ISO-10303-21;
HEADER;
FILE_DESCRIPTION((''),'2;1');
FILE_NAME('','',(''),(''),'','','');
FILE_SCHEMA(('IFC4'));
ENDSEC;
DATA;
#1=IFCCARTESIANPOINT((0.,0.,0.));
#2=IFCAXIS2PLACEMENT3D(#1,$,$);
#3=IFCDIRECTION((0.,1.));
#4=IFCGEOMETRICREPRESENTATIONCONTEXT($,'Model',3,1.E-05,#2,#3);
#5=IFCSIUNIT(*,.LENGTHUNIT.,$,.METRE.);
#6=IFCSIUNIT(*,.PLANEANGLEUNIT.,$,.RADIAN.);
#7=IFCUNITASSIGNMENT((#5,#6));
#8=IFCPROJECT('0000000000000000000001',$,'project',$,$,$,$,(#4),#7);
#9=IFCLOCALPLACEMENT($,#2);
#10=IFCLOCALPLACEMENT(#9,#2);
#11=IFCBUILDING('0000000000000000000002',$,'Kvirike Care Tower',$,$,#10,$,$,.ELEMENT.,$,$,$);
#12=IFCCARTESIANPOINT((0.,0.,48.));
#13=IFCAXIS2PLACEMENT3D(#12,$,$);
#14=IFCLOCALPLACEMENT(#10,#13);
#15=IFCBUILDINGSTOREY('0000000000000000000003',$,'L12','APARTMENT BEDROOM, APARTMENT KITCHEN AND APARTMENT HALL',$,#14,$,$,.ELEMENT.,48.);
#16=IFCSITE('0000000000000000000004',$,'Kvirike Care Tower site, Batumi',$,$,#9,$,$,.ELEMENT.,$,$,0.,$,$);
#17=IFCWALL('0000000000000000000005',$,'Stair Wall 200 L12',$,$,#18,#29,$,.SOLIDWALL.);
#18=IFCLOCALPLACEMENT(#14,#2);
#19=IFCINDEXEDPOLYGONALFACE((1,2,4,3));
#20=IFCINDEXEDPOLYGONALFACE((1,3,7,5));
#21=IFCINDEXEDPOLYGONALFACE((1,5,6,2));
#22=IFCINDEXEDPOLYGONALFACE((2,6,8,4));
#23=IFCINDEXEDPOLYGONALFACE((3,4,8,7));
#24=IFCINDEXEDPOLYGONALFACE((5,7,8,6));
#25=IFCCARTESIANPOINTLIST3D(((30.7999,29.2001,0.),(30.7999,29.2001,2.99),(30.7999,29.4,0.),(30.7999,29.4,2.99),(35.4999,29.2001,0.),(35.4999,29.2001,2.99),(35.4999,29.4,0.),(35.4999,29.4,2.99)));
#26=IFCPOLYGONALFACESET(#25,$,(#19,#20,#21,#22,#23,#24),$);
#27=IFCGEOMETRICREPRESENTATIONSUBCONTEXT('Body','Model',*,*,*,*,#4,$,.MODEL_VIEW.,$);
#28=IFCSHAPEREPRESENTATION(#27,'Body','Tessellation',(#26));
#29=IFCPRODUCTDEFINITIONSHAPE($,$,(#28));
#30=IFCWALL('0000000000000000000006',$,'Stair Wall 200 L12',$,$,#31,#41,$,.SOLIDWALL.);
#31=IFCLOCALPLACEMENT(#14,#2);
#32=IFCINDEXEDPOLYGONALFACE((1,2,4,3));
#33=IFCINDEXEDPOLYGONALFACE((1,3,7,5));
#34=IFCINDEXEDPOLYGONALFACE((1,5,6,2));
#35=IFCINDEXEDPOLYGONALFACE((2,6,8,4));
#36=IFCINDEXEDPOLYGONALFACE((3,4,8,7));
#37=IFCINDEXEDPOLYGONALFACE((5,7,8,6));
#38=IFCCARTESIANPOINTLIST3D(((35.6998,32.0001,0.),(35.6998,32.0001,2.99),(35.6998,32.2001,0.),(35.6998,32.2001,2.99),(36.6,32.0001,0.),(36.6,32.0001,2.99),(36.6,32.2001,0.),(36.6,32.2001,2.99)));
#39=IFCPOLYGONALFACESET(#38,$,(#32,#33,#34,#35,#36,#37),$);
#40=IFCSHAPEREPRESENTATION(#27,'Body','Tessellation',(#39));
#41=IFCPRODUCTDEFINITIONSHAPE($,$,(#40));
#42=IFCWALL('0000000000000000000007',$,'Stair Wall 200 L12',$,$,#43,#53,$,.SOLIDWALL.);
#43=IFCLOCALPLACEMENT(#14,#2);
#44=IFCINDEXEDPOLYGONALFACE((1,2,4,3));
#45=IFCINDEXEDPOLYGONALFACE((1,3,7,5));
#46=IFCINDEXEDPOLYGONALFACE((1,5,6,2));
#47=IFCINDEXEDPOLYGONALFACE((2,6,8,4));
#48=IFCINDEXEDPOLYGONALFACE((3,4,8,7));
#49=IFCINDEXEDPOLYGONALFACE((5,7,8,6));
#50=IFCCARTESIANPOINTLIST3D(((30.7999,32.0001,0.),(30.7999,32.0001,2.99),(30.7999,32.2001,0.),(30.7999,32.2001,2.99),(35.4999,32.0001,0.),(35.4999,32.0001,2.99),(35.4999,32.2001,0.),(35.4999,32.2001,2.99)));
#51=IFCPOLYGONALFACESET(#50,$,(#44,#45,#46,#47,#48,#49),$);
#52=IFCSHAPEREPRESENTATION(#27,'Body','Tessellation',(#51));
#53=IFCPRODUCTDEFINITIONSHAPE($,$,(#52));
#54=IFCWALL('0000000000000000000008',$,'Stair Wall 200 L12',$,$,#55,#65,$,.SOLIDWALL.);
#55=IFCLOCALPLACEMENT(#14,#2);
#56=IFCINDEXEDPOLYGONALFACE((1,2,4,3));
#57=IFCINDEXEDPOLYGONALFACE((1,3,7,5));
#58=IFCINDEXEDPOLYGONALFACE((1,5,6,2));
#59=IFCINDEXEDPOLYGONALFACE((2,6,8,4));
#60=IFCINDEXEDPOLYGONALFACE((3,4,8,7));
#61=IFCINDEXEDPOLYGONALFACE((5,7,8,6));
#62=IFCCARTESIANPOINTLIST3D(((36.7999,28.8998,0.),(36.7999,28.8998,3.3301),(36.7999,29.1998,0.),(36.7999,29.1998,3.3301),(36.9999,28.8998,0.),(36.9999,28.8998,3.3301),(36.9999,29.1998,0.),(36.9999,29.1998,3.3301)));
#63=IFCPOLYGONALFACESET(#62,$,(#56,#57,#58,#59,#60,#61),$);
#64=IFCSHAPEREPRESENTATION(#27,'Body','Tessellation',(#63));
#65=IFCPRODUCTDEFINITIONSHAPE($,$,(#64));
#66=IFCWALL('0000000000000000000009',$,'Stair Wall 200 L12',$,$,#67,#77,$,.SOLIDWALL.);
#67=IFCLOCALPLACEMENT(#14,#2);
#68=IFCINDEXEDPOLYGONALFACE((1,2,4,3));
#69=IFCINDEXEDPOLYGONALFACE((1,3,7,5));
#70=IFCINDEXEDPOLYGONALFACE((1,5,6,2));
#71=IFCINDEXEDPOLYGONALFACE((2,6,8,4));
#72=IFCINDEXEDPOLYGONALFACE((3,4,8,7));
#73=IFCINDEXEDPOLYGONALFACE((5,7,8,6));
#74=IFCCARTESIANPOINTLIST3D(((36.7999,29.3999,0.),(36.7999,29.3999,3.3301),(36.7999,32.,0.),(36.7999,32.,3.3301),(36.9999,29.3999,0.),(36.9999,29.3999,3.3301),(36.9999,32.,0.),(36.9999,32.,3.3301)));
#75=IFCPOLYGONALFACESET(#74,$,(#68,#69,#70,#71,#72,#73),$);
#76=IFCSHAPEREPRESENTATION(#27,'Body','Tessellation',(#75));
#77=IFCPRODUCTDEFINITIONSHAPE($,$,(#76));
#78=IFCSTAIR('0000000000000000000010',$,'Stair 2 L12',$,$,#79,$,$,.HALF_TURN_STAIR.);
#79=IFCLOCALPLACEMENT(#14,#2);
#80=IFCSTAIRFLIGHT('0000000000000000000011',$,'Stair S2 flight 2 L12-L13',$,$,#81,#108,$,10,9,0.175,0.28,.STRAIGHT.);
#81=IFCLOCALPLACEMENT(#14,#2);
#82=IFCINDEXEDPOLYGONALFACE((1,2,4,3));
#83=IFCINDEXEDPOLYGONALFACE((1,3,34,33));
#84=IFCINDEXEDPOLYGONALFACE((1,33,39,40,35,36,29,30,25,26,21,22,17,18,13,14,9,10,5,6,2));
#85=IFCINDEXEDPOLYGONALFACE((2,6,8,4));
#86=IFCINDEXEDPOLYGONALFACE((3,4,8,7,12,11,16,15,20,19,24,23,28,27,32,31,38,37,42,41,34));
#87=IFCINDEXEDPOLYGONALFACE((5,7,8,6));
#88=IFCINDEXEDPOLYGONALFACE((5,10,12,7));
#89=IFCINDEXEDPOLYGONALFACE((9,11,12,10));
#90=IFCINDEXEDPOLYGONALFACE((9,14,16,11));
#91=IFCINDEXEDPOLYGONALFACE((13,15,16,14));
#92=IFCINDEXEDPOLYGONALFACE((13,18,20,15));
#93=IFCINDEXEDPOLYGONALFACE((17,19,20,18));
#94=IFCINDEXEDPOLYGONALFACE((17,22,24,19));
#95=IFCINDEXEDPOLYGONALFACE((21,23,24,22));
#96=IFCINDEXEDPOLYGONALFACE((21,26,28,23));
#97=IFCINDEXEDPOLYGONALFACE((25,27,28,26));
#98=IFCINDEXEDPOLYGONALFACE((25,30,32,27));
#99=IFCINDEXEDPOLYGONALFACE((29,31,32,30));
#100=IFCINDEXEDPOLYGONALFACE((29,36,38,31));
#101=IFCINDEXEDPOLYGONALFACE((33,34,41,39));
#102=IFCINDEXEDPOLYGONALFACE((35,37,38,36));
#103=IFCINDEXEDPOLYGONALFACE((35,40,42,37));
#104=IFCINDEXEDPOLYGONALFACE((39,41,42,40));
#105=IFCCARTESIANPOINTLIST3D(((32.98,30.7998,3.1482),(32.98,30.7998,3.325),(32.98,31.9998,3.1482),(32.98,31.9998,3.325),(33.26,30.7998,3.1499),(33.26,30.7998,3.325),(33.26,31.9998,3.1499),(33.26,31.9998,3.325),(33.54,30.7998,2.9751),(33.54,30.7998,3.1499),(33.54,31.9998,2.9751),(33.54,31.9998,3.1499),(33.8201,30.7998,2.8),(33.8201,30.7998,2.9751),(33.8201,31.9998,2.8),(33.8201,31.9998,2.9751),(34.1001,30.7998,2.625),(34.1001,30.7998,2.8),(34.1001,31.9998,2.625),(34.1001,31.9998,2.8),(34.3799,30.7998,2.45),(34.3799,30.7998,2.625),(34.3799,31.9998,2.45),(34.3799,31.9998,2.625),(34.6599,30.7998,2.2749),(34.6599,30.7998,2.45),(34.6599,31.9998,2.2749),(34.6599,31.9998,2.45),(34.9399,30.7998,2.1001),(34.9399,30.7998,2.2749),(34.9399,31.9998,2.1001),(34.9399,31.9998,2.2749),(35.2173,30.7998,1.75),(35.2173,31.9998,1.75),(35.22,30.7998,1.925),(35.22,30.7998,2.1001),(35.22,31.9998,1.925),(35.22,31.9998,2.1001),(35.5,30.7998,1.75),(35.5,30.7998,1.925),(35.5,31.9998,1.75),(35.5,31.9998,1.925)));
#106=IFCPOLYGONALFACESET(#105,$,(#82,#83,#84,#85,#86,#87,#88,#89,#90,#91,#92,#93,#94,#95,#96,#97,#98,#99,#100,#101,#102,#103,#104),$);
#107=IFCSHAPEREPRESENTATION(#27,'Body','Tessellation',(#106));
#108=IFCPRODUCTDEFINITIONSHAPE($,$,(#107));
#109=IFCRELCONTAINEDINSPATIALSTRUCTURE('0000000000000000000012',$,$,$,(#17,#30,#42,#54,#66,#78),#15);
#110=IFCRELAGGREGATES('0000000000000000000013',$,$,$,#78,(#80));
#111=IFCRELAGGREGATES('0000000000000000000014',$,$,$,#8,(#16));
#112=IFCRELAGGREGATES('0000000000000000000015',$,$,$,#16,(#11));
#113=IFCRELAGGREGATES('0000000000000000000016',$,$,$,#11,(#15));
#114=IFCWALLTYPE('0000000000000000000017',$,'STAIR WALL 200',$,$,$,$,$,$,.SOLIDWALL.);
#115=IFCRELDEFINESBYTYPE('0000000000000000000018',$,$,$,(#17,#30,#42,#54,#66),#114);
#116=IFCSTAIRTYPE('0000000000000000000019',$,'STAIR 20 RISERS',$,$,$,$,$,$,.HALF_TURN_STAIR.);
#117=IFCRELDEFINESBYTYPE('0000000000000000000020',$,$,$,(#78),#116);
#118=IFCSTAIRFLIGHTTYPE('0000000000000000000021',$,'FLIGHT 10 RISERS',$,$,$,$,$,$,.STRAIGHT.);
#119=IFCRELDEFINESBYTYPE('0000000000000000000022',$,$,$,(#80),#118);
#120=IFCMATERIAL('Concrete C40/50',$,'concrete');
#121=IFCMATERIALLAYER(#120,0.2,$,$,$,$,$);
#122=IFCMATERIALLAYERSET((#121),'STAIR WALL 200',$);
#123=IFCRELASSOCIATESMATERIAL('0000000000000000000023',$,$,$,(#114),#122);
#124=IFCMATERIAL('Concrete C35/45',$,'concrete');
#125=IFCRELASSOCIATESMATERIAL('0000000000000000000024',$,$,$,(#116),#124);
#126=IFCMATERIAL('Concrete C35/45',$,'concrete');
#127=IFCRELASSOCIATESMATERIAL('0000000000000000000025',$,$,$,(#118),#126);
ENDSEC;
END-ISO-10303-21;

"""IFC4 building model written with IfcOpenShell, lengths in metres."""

from ifc_helpers import new_model, si_unit, direction, frame, frame_2d, origin, place, context, subcontext, project, spatial, polyline, rectangle, outline, extrude, material, layer, layer_set, type_object, element, aggregate, save


model = new_model("IFC4")

# Units and contexts
model_context = context("Model", 3, precision=1e-05, world=origin(), true_north=direction((0.0, 1.0)))
body_context = subcontext(model_context, "Body", "Model", "MODEL_VIEW")
ifc_project = project(units=[si_unit("LENGTHUNIT", "METRE"), si_unit("PLANEANGLEUNIT", "RADIAN")], contexts=[model_context])

# Site, building, storey
site_placement = place(None, origin())
site = spatial("IfcSite", under=ifc_project, at=site_placement, Name="Kvirike Care Tower site, Batumi", CompositionType="ELEMENT", RefElevation=0.0)
building_placement = place(site_placement, origin())
building = spatial("IfcBuilding", under=site, at=building_placement, Name="Kvirike Care Tower", CompositionType="ELEMENT")
storey_placement = place(building_placement, frame((0.0, 0.0, 48.0)))
storey = spatial("IfcBuildingStorey", under=building, at=storey_placement, Name="L12", Description="APARTMENT BEDROOM, APARTMENT KITCHEN AND APARTMENT HALL", CompositionType="ELEMENT", Elevation=48.0)

# Walls
ifc_material_1 = material(Name="Concrete C40/50", Category="concrete")
ifc_layer_1 = layer(ifc_material_1, 0.2)
ifc_layer_set_1 = layer_set([ifc_layer_1], Name="STAIR WALL 200")
wall_type_1 = type_object("IfcWallType", Name="STAIR WALL 200", PredefinedType="SOLIDWALL", material=ifc_layer_set_1)
wall_1_placement = place(storey_placement, frame((35.5, 29.3, 0.0), z_axis=(0.0, 0.0, 1.0), x_axis=(-1.0, 0.0, 0.0)))
element("IfcWall", 1, at=wall_1_placement, inside=storey, type_object=wall_type_1, Name="Stair Wall 200 L12", PredefinedType="SOLIDWALL", context=body_context, shape_type="SweptSolid", body=[
    extrude(rectangle(XDim=4.7, YDim=0.2, at=frame_2d((2.3501, 0.0))), origin(), (0.0, 0.0, 1.0), 2.99),
])
wall_2_placement = place(storey_placement, frame((36.6001, 32.1001, 0.0), z_axis=(0.0, 0.0, 1.0), x_axis=(-1.0, 0.0, 0.0)))
element("IfcWall", 2, at=wall_2_placement, inside=storey, type_object=wall_type_1, Name="Stair Wall 200 L12", PredefinedType="SOLIDWALL", context=body_context, shape_type="SweptSolid", body=[
    extrude(rectangle(XDim=0.9001, YDim=0.2, at=frame_2d((0.4502, 0.0))), origin(), (0.0, 0.0, 1.0), 2.99),
])
wall_3_placement = place(storey_placement, frame((35.5, 32.1001, 0.0), z_axis=(0.0, 0.0, 1.0), x_axis=(-1.0, 0.0, 0.0)))
element("IfcWall", 3, at=wall_3_placement, inside=storey, type_object=wall_type_1, Name="Stair Wall 200 L12", PredefinedType="SOLIDWALL", context=body_context, shape_type="SweptSolid", body=[
    extrude(rectangle(XDim=4.7, YDim=0.2, at=frame_2d((2.3501, 0.0))), origin(), (0.0, 0.0, 1.0), 2.99),
])
wall_4_placement = place(storey_placement, frame((36.8999, 28.8999, 0.0), z_axis=(0.0, 0.0, 1.0), x_axis=(0.0, 1.0, 0.0)))
element("IfcWall", 4, at=wall_4_placement, inside=storey, type_object=wall_type_1, Name="Stair Wall 200 L12", PredefinedType="SOLIDWALL", context=body_context, shape_type="SweptSolid", body=[
    extrude(rectangle(XDim=0.3, YDim=0.2, at=frame_2d((0.1499, 0.0))), origin(), (0.0, 0.0, 1.0), 3.3301),
])
wall_5_placement = place(storey_placement, frame((36.8999, 29.3999, 0.0), z_axis=(0.0, 0.0, 1.0), x_axis=(0.0, 1.0, 0.0)))
element("IfcWall", 5, at=wall_5_placement, inside=storey, type_object=wall_type_1, Name="Stair Wall 200 L12", PredefinedType="SOLIDWALL", context=body_context, shape_type="SweptSolid", body=[
    extrude(rectangle(XDim=2.6001, YDim=0.2, at=frame_2d((1.3, 0.0))), origin(), (0.0, 0.0, 1.0), 3.3301),
])

# Stair, stair flight
ifc_material_2 = material(Name="Concrete C35/45", Category="concrete")
stair_type = type_object("IfcStairType", Name="STAIR 20 RISERS", PredefinedType="HALF_TURN_STAIR", material=ifc_material_2)
stair_placement = place(storey_placement, origin())
stair = element("IfcStair", 6, at=stair_placement, inside=storey, type_object=stair_type, Name="Stair 2 L12", PredefinedType="HALF_TURN_STAIR")
ifc_material_3 = material(Name="Concrete C35/45", Category="concrete")
stair_flight_type = type_object("IfcStairFlightType", Name="FLIGHT 10 RISERS", PredefinedType="STRAIGHT", material=ifc_material_3)
stair_flight_placement = place(storey_placement, frame((35.5, 31.3999, 1.75), z_axis=(0.0, 0.0, 1.0), x_axis=(-1.0, 0.0, 0.0)))
stair_flight = element("IfcStairFlight", 7, at=stair_flight_placement, type_object=stair_flight_type, Name="Stair S2 flight 2 L12-L13", NumberOfRisers=10, NumberOfTreads=9, PredefinedType="STRAIGHT", RiserHeight=0.175, TreadLength=0.28, context=body_context, shape_type="SweptSolid", body=[
    extrude(outline(polyline([(0.0, 0.0), (0.0, 0.175), (0.28, 0.175), (0.28, 0.3501), (0.5601, 0.3501), (0.5601, 0.5249), (0.8401, 0.5249), (0.8401, 0.7), (1.1201, 0.7), (1.1201, 0.875), (1.3999, 0.875), (1.3999, 1.05), (1.6799, 1.05), (1.6799, 1.2251), (1.96, 1.2251), (1.96, 1.3999), (2.24, 1.3999), (2.24, 1.575), (2.52, 1.575), (2.52, 1.75), (2.52, 1.3982), (0.2827, 0.0), (0.0, 0.0)])), frame((0.0, 0.6001, 0.0), z_axis=(0.0, -1.0, 0.0), x_axis=(1.0, 0.0, 0.0)), (0.0, 0.0, 1.0), 1.2),
])
aggregate(stair, [stair_flight])

save(model, "model.ifc")
